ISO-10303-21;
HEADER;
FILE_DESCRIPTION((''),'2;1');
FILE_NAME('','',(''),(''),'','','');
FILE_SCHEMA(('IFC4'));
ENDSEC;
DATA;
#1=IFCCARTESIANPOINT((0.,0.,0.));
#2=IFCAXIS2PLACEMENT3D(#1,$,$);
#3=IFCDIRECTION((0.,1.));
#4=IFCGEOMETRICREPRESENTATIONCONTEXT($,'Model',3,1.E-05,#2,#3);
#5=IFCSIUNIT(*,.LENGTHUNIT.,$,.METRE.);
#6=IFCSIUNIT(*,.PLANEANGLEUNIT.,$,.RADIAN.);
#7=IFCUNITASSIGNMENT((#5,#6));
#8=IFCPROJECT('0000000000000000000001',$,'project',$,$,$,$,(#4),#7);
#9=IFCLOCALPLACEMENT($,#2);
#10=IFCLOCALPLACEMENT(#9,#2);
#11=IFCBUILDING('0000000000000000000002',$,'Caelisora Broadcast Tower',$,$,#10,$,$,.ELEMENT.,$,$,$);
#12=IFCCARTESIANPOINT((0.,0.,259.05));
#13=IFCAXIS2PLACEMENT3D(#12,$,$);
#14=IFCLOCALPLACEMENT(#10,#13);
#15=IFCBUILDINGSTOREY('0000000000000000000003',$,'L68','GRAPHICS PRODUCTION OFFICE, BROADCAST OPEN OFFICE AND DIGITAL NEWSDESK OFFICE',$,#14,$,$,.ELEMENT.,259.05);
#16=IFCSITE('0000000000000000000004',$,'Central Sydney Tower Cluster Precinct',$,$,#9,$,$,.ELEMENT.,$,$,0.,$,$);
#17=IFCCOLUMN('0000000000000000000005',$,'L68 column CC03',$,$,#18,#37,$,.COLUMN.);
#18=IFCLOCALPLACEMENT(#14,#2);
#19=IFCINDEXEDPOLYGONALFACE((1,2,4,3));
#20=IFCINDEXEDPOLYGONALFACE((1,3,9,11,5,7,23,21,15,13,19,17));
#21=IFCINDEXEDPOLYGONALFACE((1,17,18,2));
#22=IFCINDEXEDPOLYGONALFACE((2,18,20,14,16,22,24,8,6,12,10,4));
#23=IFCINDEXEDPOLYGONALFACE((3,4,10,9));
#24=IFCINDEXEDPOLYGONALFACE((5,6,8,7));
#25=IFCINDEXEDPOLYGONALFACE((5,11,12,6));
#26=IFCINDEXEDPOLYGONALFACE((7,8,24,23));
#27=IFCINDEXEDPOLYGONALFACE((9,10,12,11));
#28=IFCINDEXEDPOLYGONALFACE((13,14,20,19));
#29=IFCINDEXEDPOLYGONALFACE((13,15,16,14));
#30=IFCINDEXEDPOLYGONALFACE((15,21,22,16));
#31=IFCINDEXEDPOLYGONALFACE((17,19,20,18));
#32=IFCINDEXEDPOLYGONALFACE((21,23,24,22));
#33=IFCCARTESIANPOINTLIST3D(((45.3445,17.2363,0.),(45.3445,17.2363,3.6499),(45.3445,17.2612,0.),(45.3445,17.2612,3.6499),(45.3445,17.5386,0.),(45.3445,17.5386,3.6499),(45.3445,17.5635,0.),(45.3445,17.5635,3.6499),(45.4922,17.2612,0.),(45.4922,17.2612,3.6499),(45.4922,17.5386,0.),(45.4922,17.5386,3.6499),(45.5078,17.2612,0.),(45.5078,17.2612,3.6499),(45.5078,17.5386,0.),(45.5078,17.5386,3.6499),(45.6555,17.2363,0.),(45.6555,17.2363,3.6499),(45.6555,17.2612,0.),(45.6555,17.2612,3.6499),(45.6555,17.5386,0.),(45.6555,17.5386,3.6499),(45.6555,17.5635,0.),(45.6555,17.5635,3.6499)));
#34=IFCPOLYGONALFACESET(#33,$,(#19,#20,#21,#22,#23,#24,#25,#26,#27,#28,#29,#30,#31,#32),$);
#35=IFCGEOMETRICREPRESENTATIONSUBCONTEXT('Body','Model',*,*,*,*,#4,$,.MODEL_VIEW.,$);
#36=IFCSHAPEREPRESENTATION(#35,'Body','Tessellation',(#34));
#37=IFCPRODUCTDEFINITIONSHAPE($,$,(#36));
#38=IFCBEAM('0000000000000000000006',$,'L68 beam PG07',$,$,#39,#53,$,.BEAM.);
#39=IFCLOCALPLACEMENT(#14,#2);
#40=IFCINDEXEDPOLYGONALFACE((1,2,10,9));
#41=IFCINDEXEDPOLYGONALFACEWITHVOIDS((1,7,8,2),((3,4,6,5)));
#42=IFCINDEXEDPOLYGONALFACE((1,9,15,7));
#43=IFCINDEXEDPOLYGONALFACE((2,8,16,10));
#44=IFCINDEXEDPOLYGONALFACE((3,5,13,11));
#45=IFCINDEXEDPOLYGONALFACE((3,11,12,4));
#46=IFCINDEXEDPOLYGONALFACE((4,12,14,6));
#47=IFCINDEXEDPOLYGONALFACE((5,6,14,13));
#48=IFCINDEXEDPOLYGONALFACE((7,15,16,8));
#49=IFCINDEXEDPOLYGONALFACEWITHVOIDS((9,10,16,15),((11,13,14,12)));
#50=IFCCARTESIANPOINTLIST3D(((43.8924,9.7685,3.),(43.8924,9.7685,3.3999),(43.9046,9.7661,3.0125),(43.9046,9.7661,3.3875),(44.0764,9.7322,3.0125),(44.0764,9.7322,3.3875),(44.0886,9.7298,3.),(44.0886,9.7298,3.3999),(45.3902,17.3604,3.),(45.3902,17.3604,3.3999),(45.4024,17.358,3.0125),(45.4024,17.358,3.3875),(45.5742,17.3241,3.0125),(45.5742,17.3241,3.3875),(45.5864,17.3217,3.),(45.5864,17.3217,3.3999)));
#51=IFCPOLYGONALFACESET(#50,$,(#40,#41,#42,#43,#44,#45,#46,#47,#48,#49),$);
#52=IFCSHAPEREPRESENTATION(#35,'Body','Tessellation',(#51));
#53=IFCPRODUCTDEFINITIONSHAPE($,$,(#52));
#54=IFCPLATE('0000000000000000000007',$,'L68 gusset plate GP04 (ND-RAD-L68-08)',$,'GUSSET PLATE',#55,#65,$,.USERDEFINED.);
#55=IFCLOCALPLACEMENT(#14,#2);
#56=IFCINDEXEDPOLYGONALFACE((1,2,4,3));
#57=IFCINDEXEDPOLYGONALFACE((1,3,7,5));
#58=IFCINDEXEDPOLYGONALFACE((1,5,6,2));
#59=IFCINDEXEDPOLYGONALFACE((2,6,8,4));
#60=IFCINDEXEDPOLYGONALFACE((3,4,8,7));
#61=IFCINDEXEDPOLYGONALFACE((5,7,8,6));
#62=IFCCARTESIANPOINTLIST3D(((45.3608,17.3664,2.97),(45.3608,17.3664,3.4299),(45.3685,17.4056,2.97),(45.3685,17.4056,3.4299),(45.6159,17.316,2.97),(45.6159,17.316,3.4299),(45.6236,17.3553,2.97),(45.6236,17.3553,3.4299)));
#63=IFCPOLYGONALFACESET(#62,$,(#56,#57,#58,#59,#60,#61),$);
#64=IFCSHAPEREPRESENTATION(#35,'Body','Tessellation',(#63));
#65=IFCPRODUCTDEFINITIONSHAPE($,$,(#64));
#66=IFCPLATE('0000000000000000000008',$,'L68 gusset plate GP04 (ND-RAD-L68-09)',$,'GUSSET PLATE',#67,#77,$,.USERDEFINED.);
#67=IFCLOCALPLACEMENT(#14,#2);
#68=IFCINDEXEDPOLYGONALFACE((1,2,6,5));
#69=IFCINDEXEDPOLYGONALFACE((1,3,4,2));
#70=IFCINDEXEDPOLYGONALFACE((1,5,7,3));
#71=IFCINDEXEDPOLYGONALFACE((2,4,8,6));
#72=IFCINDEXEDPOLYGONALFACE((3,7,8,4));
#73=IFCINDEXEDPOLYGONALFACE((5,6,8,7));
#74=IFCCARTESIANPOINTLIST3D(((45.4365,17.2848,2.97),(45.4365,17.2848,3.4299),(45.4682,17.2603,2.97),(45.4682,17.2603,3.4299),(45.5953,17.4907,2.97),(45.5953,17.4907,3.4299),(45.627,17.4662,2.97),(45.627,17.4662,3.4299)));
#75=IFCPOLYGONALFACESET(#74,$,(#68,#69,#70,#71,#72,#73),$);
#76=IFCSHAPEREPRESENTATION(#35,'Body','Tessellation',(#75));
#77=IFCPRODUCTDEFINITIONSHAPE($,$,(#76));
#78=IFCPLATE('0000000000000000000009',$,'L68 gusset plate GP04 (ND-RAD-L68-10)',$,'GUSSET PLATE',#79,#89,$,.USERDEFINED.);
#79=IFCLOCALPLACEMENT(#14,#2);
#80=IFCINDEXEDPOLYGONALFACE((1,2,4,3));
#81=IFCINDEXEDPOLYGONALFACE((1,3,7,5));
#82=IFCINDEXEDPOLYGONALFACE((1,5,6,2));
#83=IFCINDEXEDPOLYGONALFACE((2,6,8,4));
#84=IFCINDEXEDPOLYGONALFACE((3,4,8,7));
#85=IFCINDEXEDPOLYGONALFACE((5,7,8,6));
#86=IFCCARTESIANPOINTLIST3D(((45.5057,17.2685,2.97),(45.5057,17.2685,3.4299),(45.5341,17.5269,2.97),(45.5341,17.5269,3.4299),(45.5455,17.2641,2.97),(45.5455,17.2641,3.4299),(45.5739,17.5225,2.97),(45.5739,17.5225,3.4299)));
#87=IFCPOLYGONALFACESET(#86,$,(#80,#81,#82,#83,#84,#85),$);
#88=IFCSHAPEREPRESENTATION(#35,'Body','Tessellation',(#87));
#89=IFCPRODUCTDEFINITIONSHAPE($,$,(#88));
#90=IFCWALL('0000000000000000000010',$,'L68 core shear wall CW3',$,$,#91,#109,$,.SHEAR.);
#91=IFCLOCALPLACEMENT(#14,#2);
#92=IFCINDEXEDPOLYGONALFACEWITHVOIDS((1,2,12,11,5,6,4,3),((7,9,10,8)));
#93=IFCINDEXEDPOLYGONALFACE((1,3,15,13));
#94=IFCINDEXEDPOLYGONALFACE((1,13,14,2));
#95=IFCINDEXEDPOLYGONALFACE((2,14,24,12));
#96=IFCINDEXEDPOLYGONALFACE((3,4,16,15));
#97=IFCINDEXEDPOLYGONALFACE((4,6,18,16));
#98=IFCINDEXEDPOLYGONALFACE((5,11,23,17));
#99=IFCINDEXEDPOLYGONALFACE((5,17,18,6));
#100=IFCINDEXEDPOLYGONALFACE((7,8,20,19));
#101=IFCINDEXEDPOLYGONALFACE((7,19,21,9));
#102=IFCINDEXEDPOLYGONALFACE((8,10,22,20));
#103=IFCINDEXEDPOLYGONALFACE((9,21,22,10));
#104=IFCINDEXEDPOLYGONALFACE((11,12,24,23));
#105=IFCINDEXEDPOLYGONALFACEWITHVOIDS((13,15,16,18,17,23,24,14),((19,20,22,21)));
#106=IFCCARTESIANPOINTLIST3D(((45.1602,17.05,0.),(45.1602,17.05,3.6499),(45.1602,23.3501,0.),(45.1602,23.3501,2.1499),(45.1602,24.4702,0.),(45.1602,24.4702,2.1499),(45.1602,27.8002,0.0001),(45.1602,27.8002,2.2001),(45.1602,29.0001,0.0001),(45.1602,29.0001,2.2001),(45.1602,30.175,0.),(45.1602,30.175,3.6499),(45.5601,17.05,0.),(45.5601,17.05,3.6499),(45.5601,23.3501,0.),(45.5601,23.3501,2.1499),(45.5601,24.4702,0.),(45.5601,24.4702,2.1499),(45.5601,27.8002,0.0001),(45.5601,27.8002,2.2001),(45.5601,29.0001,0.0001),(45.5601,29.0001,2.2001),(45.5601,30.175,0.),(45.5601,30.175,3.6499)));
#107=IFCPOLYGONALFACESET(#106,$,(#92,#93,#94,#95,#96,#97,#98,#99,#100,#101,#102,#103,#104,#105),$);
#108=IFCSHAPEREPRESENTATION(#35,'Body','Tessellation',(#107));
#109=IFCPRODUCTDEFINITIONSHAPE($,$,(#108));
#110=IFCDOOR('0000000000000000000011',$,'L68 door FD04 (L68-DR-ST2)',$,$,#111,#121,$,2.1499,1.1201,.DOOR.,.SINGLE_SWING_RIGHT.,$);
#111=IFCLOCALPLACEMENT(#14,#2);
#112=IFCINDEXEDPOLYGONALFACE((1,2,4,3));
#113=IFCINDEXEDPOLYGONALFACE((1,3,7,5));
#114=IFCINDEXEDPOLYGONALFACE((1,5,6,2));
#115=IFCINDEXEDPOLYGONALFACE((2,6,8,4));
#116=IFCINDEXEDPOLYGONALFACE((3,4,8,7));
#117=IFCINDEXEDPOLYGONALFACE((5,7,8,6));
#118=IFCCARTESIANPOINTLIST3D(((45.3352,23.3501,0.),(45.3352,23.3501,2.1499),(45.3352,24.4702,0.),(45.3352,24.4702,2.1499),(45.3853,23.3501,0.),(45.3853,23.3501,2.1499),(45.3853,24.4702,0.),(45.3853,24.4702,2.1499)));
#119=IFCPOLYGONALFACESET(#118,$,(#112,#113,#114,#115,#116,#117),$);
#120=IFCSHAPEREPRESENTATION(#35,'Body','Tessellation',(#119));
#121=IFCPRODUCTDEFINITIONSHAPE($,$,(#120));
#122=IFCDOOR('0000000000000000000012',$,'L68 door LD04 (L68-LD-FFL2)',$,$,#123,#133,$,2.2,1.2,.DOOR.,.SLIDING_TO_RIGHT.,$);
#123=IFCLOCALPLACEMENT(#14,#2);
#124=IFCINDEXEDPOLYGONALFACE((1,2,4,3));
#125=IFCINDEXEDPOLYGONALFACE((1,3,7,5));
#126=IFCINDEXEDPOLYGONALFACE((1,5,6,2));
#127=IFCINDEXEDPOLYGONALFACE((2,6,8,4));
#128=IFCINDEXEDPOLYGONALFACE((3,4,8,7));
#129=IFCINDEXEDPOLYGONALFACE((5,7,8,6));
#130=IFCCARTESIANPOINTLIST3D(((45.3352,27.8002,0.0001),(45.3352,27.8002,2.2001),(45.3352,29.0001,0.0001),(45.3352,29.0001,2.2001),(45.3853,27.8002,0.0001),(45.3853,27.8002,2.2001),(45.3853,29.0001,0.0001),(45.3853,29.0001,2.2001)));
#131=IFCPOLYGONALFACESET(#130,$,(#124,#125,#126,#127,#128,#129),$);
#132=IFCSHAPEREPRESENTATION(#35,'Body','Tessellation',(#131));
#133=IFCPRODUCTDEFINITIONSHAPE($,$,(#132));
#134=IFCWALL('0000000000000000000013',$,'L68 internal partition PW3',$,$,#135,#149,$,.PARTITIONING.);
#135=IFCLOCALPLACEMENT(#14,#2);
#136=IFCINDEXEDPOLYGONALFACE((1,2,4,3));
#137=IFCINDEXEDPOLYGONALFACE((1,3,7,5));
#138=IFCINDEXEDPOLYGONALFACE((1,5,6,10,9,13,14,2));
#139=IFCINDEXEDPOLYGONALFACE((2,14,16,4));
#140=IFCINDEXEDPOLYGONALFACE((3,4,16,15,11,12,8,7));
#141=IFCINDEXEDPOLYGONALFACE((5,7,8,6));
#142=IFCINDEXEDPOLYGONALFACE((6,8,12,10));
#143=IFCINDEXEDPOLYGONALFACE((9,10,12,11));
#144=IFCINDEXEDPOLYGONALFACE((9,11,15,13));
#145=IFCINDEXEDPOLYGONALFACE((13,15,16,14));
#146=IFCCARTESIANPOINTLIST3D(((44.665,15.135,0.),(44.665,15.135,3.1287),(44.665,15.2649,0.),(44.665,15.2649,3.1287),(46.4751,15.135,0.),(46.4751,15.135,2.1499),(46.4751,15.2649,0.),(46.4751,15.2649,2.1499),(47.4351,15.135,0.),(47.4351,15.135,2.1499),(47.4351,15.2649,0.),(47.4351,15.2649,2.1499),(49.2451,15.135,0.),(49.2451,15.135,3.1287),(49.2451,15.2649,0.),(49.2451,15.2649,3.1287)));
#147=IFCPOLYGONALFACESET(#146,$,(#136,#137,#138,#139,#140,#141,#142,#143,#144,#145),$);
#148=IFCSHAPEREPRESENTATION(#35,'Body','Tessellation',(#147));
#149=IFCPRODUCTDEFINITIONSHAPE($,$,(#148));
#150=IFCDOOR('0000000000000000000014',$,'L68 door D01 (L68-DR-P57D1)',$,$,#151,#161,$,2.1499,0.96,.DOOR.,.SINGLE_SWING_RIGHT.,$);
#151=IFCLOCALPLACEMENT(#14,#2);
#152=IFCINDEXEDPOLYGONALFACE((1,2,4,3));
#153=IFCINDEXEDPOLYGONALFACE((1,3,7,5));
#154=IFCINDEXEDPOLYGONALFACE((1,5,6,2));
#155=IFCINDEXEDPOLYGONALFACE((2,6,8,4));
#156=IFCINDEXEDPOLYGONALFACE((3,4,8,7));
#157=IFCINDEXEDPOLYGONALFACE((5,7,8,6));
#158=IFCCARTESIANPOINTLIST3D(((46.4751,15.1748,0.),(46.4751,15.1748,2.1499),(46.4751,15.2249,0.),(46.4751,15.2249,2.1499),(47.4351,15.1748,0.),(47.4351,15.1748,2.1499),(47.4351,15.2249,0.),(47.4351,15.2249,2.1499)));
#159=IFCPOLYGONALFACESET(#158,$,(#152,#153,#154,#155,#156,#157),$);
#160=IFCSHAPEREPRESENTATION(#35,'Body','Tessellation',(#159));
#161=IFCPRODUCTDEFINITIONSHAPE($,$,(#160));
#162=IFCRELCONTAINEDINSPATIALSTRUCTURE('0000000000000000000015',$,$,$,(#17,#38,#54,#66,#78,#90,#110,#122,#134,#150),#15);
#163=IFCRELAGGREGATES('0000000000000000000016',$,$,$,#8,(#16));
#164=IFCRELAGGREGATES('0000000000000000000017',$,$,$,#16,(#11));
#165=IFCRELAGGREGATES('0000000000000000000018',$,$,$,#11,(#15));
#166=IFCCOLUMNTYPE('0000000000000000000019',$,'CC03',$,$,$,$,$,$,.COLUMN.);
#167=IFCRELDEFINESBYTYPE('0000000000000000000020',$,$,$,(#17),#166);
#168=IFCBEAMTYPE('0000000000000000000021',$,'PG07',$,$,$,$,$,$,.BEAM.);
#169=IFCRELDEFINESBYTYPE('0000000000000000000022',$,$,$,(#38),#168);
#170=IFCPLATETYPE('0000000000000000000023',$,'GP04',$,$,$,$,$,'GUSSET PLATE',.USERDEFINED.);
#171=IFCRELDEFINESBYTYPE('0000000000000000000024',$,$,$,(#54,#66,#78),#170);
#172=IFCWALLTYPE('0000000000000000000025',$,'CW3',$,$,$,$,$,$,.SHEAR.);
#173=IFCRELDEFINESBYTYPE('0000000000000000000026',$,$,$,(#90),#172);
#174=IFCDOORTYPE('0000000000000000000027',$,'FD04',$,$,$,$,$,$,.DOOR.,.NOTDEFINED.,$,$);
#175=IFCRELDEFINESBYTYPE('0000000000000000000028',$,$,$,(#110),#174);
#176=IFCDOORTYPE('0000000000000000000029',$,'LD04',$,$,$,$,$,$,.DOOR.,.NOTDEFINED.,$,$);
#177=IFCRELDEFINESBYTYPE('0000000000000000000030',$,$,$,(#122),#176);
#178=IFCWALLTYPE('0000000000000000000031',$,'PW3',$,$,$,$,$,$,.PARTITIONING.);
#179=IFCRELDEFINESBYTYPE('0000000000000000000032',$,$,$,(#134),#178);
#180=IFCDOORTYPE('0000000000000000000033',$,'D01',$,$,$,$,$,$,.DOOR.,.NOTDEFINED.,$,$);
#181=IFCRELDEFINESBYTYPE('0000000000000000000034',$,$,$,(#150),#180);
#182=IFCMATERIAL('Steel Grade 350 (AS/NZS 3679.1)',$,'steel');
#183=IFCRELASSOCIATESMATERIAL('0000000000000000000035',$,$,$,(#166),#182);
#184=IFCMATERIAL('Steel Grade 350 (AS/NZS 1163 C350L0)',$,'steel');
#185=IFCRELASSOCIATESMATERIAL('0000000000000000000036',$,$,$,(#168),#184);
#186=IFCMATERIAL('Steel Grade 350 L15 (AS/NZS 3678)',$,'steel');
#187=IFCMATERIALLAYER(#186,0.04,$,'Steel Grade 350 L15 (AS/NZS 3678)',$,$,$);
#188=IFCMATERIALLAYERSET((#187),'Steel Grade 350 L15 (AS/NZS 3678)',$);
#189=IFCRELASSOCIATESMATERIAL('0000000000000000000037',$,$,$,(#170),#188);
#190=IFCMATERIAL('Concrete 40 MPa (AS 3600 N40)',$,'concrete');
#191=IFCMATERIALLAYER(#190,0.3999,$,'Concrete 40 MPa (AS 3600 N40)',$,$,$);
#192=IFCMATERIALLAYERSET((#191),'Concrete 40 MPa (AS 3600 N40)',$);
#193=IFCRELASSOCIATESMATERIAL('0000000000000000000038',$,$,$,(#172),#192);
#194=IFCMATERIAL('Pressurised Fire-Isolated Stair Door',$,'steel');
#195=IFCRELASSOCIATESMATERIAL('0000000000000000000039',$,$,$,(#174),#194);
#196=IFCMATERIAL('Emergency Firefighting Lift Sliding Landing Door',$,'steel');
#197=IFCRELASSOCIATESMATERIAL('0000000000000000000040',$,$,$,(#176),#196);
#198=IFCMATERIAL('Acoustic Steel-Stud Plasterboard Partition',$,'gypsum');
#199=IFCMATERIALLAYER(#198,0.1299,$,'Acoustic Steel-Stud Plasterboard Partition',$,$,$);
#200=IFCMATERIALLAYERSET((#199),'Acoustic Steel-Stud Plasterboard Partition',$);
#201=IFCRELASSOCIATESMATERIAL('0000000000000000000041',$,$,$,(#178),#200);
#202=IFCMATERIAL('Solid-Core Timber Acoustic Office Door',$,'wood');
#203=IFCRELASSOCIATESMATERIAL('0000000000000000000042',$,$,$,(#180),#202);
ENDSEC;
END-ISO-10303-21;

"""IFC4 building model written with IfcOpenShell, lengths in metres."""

from ifc_helpers import new_model, si_unit, direction, frame, frame_2d, origin, origin_2d, place, context, subcontext, project, spatial, rectangle, hollow_rectangle, i_section, extrude, source, transform, mapped, material, layer, layer_set, material_profile, profile_set, type_object, type_shapes, element, fill, save


model = new_model("IFC4")

# Units and contexts
model_context = context("Model", 3, precision=1e-05, world=origin(), true_north=direction((0.0, 1.0)))
body_context = subcontext(model_context, "Body", "Model", "MODEL_VIEW")
ifc_project = project(units=[si_unit("LENGTHUNIT", "METRE"), si_unit("PLANEANGLEUNIT", "RADIAN")], contexts=[model_context])

# Site, building, storey
site_placement = place(None, origin())
site = spatial("IfcSite", under=ifc_project, at=site_placement, Name="Central Sydney Tower Cluster Precinct", CompositionType="ELEMENT", RefElevation=0.0)
building_placement = place(site_placement, origin())
building = spatial("IfcBuilding", under=site, at=building_placement, Name="Caelisora Broadcast Tower", CompositionType="ELEMENT")
storey_placement = place(building_placement, frame((0.0, 0.0, 259.05)))
storey = spatial("IfcBuildingStorey", under=building, at=storey_placement, Name="L68", Description="GRAPHICS PRODUCTION OFFICE, BROADCAST OPEN OFFICE AND DIGITAL NEWSDESK OFFICE", CompositionType="ELEMENT", Elevation=259.05)

# Column
ifc_material_1 = material(Name="Steel Grade 350 (AS/NZS 3679.1)", Category="steel")
ifc_material_profile_1 = material_profile(ifc_material_1, i_section(OverallWidth=0.311, OverallDepth=0.3271, WebThickness=0.0156, FlangeThickness=0.0249, at=origin_2d()), Name="Steel Grade 350 (AS/NZS 3679.1)")
ifc_profile_set_1 = profile_set([ifc_material_profile_1], Name="Steel Grade 350 (AS/NZS 3679.1)")
column_type = type_object("IfcColumnType", Name="CC03", PredefinedType="COLUMN", material=ifc_profile_set_1)
shared_shape_1 = source(origin(), body_context, "Body", "SweptSolid", [
    extrude(i_section(OverallWidth=0.311, OverallDepth=0.3271, WebThickness=0.0156, FlangeThickness=0.0249, at=origin_2d()), origin(), (0.0, 0.0, 1.0), 3.6499),
])
type_shapes(column_type, [shared_shape_1])
column_placement = place(storey_placement, frame((45.5, 17.3999, 0.0), z_axis=(0.0, 0.0, 1.0), x_axis=(1.0, 0.0, 0.0)))
element("IfcColumn", 1, at=column_placement, inside=storey, type_object=column_type, Name="L68 column CC03", PredefinedType="COLUMN", context=body_context, shape_type="MappedRepresentation", body=[
    mapped(shared_shape_1, transform((0.0, 0.0, 0.0), scale=1.0)),
])

# Beam
ifc_material_2 = material(Name="Steel Grade 350 (AS/NZS 1163 C350L0)", Category="steel")
ifc_material_profile_2 = material_profile(ifc_material_2, hollow_rectangle(XDim=0.2, YDim=0.3999, WallThickness=0.0125, at=origin_2d()), Name="Steel Grade 350 (AS/NZS 1163 C350L0)")
ifc_profile_set_2 = profile_set([ifc_material_profile_2], Name="Steel Grade 350 (AS/NZS 1163 C350L0)")
beam_type = type_object("IfcBeamType", Name="PG07", PredefinedType="BEAM", material=ifc_profile_set_2)
shared_shape_2 = source(origin(), body_context, "Body", "SweptSolid", [
    extrude(hollow_rectangle(XDim=0.2, YDim=0.3999, WallThickness=0.0125, at=origin_2d()), origin(), (0.0, 0.0, 1.0), 7.7383),
])
type_shapes(beam_type, [shared_shape_2])
beam_placement = place(storey_placement, frame((45.4883, 17.3411, 3.2), z_axis=(-0.193555, -0.981089, 0.0), x_axis=(0.981089, -0.193555, 0.0)))
element("IfcBeam", 2, at=beam_placement, inside=storey, type_object=beam_type, Name="L68 beam PG07", PredefinedType="BEAM", context=body_context, shape_type="MappedRepresentation", body=[
    mapped(shared_shape_2, transform((0.0, 0.0, 0.0), scale=1.0)),
])

# Plates
ifc_material_3 = material(Name="Steel Grade 350 L15 (AS/NZS 3678)", Category="steel")
ifc_layer_1 = layer(ifc_material_3, 0.04, Name="Steel Grade 350 L15 (AS/NZS 3678)")
ifc_layer_set_1 = layer_set([ifc_layer_1], Name="Steel Grade 350 L15 (AS/NZS 3678)")
plate_type = type_object("IfcPlateType", Name="GP04", ElementType="GUSSET PLATE", PredefinedType="USERDEFINED", material=ifc_layer_set_1)
shared_shape_3 = source(origin(), body_context, "Body", "SweptSolid", [
    extrude(rectangle(XDim=0.26, YDim=0.04, at=origin_2d()), origin(), (0.0, 0.0, 1.0), 0.46),
])
type_shapes(plate_type, [shared_shape_3])
for number, where, z_axis, x_axis, name in (
    (3, (45.4922, 17.3608, 2.97), (0.0, 0.0, 1.0), (0.981091, -0.193549, 0.0), "L68 gusset plate GP04 (ND-RAD-L68-08)"),
    (4, (45.5317, 17.3755, 2.97), (0.0, 0.0, 1.0), (0.610698, 0.791863, 0.0), "L68 gusset plate GP04 (ND-RAD-L68-09)"),
    (5, (45.5398, 17.3955, 2.97), (0.0, 0.0, 1.0), (0.109561, 0.99398, 0.0), "L68 gusset plate GP04 (ND-RAD-L68-10)"),
):
    element("IfcPlate", number, at=place(storey_placement, frame(where, z_axis=z_axis, x_axis=x_axis)), inside=storey, type_object=plate_type, Name=name, ObjectType="GUSSET PLATE", PredefinedType="USERDEFINED", context=body_context, shape_type="MappedRepresentation", body=[
        mapped(shared_shape_3, transform((0.0, 0.0, 0.0), scale=1.0)),
    ])

# Wall, openings, doors
ifc_material_4 = material(Name="Concrete 40 MPa (AS 3600 N40)", Category="concrete")
ifc_layer_2 = layer(ifc_material_4, 0.3999, Name="Concrete 40 MPa (AS 3600 N40)")
ifc_layer_set_2 = layer_set([ifc_layer_2], Name="Concrete 40 MPa (AS 3600 N40)")
wall_type_1 = type_object("IfcWallType", Name="CW3", PredefinedType="SHEAR", material=ifc_layer_set_2)
wall_1_placement = place(storey_placement, frame((45.3601, 17.05, 0.0), z_axis=(0.0, 0.0, 1.0), x_axis=(0.0, 1.0, 0.0)))
wall_1 = element("IfcWall", 6, at=wall_1_placement, inside=storey, type_object=wall_type_1, Name="L68 core shear wall CW3", PredefinedType="SHEAR", context=body_context, shape_type="SweptSolid", body=[
    extrude(rectangle(XDim=13.125, YDim=0.3999, at=frame_2d((6.5625, 0.0))), origin(), (0.0, 0.0, 1.0), 3.6499),
])
opening_1_placement = place(wall_1_placement, frame((6.3, 0.0, 0.0)))
opening_1 = element("IfcOpeningElement", 7, at=opening_1_placement, cuts=wall_1, PredefinedType="OPENING", context=body_context, shape_type="SweptSolid", body=[
    extrude(rectangle(XDim=1.1201, YDim=2.1499, at=frame_2d((0.5601, 1.075))), frame((0.0, 0.2119, 0.0), z_axis=(0.0, -1.0, 0.0), x_axis=(1.0, 0.0, 0.0)), (0.0, 0.0, 1.0), 0.4238),
])
opening_2_placement = place(wall_1_placement, frame((10.75, 0.0, 0.0)))
opening_2 = element("IfcOpeningElement", 8, at=opening_2_placement, cuts=wall_1, PredefinedType="OPENING", context=body_context, shape_type="SweptSolid", body=[
    extrude(rectangle(XDim=1.2, YDim=2.2, at=frame_2d((0.6001, 1.1001))), frame((0.0, 0.2119, 0.0), z_axis=(0.0, -1.0, 0.0), x_axis=(1.0, 0.0, 0.0)), (0.0, 0.0, 1.0), 0.4238),
])
ifc_material_5 = material(Name="Pressurised Fire-Isolated Stair Door", Category="steel")
door_type_1 = type_object("IfcDoorType", Name="FD04", OperationType="NOTDEFINED", PredefinedType="DOOR", material=ifc_material_5)
door_1_placement = place(opening_1_placement, origin())
door_1 = element("IfcDoor", 9, at=door_1_placement, inside=storey, type_object=door_type_1, Name="L68 door FD04 (L68-DR-ST2)", OperationType="SINGLE_SWING_RIGHT", OverallHeight=2.1499, OverallWidth=1.1201, PredefinedType="DOOR", context=body_context, shape_type="SweptSolid", body=[
    extrude(rectangle(XDim=1.1201, YDim=2.1499, at=frame_2d((0.5601, 1.075))), frame((0.0, 0.0249, 0.0), z_axis=(0.0, -1.0, 0.0), x_axis=(1.0, 0.0, 0.0)), (0.0, 0.0, 1.0), 0.05),
])
fill(opening_1, door_1)
ifc_material_6 = material(Name="Emergency Firefighting Lift Sliding Landing Door", Category="steel")
door_type_2 = type_object("IfcDoorType", Name="LD04", OperationType="NOTDEFINED", PredefinedType="DOOR", material=ifc_material_6)
door_2_placement = place(opening_2_placement, origin())
door_2 = element("IfcDoor", 10, at=door_2_placement, inside=storey, type_object=door_type_2, Name="L68 door LD04 (L68-LD-FFL2)", OperationType="SLIDING_TO_RIGHT", OverallHeight=2.2, OverallWidth=1.2, PredefinedType="DOOR", context=body_context, shape_type="SweptSolid", body=[
    extrude(rectangle(XDim=1.2, YDim=2.2, at=frame_2d((0.6001, 1.1001))), frame((0.0, 0.0249, 0.0), z_axis=(0.0, -1.0, 0.0), x_axis=(1.0, 0.0, 0.0)), (0.0, 0.0, 1.0), 0.05),
])
fill(opening_2, door_2)

# Wall, opening, door
ifc_material_7 = material(Name="Acoustic Steel-Stud Plasterboard Partition", Category="gypsum")
ifc_layer_3 = layer(ifc_material_7, 0.1299, Name="Acoustic Steel-Stud Plasterboard Partition")
ifc_layer_set_3 = layer_set([ifc_layer_3], Name="Acoustic Steel-Stud Plasterboard Partition")
wall_type_2 = type_object("IfcWallType", Name="PW3", PredefinedType="PARTITIONING", material=ifc_layer_set_3)
wall_2_placement = place(storey_placement, frame((44.665, 15.2, 0.0), z_axis=(0.0, 0.0, 1.0), x_axis=(1.0, 0.0, 0.0)))
wall_2 = element("IfcWall", 11, at=wall_2_placement, inside=storey, type_object=wall_type_2, Name="L68 internal partition PW3", PredefinedType="PARTITIONING", context=body_context, shape_type="SweptSolid", body=[
    extrude(rectangle(XDim=4.5801, YDim=0.1299, at=frame_2d((2.29, 0.0))), origin(), (0.0, 0.0, 1.0), 3.1287),
])
opening_3_placement = place(wall_2_placement, frame((1.8101, 0.0, 0.0)))
opening_3 = element("IfcOpeningElement", 12, at=opening_3_placement, cuts=wall_2, PredefinedType="OPENING", context=body_context, shape_type="SweptSolid", body=[
    extrude(rectangle(XDim=0.96, YDim=2.1499, at=frame_2d((0.48, 1.075))), frame((0.0, 0.0769, 0.0), z_axis=(0.0, -1.0, 0.0), x_axis=(1.0, 0.0, 0.0)), (0.0, 0.0, 1.0), 0.1538),
])
ifc_material_8 = material(Name="Solid-Core Timber Acoustic Office Door", Category="wood")
door_type_3 = type_object("IfcDoorType", Name="D01", OperationType="NOTDEFINED", PredefinedType="DOOR", material=ifc_material_8)
door_3_placement = place(opening_3_placement, origin())
door_3 = element("IfcDoor", 13, at=door_3_placement, inside=storey, type_object=door_type_3, Name="L68 door D01 (L68-DR-P57D1)", OperationType="SINGLE_SWING_RIGHT", OverallHeight=2.1499, OverallWidth=0.96, PredefinedType="DOOR", context=body_context, shape_type="SweptSolid", body=[
    extrude(rectangle(XDim=0.96, YDim=2.1499, at=frame_2d((0.48, 1.075))), frame((0.0, 0.0249, 0.0), z_axis=(0.0, -1.0, 0.0), x_axis=(1.0, 0.0, 0.0)), (0.0, 0.0, 1.0), 0.05),
])
fill(opening_3, door_3)

save(model, "model.ifc")
